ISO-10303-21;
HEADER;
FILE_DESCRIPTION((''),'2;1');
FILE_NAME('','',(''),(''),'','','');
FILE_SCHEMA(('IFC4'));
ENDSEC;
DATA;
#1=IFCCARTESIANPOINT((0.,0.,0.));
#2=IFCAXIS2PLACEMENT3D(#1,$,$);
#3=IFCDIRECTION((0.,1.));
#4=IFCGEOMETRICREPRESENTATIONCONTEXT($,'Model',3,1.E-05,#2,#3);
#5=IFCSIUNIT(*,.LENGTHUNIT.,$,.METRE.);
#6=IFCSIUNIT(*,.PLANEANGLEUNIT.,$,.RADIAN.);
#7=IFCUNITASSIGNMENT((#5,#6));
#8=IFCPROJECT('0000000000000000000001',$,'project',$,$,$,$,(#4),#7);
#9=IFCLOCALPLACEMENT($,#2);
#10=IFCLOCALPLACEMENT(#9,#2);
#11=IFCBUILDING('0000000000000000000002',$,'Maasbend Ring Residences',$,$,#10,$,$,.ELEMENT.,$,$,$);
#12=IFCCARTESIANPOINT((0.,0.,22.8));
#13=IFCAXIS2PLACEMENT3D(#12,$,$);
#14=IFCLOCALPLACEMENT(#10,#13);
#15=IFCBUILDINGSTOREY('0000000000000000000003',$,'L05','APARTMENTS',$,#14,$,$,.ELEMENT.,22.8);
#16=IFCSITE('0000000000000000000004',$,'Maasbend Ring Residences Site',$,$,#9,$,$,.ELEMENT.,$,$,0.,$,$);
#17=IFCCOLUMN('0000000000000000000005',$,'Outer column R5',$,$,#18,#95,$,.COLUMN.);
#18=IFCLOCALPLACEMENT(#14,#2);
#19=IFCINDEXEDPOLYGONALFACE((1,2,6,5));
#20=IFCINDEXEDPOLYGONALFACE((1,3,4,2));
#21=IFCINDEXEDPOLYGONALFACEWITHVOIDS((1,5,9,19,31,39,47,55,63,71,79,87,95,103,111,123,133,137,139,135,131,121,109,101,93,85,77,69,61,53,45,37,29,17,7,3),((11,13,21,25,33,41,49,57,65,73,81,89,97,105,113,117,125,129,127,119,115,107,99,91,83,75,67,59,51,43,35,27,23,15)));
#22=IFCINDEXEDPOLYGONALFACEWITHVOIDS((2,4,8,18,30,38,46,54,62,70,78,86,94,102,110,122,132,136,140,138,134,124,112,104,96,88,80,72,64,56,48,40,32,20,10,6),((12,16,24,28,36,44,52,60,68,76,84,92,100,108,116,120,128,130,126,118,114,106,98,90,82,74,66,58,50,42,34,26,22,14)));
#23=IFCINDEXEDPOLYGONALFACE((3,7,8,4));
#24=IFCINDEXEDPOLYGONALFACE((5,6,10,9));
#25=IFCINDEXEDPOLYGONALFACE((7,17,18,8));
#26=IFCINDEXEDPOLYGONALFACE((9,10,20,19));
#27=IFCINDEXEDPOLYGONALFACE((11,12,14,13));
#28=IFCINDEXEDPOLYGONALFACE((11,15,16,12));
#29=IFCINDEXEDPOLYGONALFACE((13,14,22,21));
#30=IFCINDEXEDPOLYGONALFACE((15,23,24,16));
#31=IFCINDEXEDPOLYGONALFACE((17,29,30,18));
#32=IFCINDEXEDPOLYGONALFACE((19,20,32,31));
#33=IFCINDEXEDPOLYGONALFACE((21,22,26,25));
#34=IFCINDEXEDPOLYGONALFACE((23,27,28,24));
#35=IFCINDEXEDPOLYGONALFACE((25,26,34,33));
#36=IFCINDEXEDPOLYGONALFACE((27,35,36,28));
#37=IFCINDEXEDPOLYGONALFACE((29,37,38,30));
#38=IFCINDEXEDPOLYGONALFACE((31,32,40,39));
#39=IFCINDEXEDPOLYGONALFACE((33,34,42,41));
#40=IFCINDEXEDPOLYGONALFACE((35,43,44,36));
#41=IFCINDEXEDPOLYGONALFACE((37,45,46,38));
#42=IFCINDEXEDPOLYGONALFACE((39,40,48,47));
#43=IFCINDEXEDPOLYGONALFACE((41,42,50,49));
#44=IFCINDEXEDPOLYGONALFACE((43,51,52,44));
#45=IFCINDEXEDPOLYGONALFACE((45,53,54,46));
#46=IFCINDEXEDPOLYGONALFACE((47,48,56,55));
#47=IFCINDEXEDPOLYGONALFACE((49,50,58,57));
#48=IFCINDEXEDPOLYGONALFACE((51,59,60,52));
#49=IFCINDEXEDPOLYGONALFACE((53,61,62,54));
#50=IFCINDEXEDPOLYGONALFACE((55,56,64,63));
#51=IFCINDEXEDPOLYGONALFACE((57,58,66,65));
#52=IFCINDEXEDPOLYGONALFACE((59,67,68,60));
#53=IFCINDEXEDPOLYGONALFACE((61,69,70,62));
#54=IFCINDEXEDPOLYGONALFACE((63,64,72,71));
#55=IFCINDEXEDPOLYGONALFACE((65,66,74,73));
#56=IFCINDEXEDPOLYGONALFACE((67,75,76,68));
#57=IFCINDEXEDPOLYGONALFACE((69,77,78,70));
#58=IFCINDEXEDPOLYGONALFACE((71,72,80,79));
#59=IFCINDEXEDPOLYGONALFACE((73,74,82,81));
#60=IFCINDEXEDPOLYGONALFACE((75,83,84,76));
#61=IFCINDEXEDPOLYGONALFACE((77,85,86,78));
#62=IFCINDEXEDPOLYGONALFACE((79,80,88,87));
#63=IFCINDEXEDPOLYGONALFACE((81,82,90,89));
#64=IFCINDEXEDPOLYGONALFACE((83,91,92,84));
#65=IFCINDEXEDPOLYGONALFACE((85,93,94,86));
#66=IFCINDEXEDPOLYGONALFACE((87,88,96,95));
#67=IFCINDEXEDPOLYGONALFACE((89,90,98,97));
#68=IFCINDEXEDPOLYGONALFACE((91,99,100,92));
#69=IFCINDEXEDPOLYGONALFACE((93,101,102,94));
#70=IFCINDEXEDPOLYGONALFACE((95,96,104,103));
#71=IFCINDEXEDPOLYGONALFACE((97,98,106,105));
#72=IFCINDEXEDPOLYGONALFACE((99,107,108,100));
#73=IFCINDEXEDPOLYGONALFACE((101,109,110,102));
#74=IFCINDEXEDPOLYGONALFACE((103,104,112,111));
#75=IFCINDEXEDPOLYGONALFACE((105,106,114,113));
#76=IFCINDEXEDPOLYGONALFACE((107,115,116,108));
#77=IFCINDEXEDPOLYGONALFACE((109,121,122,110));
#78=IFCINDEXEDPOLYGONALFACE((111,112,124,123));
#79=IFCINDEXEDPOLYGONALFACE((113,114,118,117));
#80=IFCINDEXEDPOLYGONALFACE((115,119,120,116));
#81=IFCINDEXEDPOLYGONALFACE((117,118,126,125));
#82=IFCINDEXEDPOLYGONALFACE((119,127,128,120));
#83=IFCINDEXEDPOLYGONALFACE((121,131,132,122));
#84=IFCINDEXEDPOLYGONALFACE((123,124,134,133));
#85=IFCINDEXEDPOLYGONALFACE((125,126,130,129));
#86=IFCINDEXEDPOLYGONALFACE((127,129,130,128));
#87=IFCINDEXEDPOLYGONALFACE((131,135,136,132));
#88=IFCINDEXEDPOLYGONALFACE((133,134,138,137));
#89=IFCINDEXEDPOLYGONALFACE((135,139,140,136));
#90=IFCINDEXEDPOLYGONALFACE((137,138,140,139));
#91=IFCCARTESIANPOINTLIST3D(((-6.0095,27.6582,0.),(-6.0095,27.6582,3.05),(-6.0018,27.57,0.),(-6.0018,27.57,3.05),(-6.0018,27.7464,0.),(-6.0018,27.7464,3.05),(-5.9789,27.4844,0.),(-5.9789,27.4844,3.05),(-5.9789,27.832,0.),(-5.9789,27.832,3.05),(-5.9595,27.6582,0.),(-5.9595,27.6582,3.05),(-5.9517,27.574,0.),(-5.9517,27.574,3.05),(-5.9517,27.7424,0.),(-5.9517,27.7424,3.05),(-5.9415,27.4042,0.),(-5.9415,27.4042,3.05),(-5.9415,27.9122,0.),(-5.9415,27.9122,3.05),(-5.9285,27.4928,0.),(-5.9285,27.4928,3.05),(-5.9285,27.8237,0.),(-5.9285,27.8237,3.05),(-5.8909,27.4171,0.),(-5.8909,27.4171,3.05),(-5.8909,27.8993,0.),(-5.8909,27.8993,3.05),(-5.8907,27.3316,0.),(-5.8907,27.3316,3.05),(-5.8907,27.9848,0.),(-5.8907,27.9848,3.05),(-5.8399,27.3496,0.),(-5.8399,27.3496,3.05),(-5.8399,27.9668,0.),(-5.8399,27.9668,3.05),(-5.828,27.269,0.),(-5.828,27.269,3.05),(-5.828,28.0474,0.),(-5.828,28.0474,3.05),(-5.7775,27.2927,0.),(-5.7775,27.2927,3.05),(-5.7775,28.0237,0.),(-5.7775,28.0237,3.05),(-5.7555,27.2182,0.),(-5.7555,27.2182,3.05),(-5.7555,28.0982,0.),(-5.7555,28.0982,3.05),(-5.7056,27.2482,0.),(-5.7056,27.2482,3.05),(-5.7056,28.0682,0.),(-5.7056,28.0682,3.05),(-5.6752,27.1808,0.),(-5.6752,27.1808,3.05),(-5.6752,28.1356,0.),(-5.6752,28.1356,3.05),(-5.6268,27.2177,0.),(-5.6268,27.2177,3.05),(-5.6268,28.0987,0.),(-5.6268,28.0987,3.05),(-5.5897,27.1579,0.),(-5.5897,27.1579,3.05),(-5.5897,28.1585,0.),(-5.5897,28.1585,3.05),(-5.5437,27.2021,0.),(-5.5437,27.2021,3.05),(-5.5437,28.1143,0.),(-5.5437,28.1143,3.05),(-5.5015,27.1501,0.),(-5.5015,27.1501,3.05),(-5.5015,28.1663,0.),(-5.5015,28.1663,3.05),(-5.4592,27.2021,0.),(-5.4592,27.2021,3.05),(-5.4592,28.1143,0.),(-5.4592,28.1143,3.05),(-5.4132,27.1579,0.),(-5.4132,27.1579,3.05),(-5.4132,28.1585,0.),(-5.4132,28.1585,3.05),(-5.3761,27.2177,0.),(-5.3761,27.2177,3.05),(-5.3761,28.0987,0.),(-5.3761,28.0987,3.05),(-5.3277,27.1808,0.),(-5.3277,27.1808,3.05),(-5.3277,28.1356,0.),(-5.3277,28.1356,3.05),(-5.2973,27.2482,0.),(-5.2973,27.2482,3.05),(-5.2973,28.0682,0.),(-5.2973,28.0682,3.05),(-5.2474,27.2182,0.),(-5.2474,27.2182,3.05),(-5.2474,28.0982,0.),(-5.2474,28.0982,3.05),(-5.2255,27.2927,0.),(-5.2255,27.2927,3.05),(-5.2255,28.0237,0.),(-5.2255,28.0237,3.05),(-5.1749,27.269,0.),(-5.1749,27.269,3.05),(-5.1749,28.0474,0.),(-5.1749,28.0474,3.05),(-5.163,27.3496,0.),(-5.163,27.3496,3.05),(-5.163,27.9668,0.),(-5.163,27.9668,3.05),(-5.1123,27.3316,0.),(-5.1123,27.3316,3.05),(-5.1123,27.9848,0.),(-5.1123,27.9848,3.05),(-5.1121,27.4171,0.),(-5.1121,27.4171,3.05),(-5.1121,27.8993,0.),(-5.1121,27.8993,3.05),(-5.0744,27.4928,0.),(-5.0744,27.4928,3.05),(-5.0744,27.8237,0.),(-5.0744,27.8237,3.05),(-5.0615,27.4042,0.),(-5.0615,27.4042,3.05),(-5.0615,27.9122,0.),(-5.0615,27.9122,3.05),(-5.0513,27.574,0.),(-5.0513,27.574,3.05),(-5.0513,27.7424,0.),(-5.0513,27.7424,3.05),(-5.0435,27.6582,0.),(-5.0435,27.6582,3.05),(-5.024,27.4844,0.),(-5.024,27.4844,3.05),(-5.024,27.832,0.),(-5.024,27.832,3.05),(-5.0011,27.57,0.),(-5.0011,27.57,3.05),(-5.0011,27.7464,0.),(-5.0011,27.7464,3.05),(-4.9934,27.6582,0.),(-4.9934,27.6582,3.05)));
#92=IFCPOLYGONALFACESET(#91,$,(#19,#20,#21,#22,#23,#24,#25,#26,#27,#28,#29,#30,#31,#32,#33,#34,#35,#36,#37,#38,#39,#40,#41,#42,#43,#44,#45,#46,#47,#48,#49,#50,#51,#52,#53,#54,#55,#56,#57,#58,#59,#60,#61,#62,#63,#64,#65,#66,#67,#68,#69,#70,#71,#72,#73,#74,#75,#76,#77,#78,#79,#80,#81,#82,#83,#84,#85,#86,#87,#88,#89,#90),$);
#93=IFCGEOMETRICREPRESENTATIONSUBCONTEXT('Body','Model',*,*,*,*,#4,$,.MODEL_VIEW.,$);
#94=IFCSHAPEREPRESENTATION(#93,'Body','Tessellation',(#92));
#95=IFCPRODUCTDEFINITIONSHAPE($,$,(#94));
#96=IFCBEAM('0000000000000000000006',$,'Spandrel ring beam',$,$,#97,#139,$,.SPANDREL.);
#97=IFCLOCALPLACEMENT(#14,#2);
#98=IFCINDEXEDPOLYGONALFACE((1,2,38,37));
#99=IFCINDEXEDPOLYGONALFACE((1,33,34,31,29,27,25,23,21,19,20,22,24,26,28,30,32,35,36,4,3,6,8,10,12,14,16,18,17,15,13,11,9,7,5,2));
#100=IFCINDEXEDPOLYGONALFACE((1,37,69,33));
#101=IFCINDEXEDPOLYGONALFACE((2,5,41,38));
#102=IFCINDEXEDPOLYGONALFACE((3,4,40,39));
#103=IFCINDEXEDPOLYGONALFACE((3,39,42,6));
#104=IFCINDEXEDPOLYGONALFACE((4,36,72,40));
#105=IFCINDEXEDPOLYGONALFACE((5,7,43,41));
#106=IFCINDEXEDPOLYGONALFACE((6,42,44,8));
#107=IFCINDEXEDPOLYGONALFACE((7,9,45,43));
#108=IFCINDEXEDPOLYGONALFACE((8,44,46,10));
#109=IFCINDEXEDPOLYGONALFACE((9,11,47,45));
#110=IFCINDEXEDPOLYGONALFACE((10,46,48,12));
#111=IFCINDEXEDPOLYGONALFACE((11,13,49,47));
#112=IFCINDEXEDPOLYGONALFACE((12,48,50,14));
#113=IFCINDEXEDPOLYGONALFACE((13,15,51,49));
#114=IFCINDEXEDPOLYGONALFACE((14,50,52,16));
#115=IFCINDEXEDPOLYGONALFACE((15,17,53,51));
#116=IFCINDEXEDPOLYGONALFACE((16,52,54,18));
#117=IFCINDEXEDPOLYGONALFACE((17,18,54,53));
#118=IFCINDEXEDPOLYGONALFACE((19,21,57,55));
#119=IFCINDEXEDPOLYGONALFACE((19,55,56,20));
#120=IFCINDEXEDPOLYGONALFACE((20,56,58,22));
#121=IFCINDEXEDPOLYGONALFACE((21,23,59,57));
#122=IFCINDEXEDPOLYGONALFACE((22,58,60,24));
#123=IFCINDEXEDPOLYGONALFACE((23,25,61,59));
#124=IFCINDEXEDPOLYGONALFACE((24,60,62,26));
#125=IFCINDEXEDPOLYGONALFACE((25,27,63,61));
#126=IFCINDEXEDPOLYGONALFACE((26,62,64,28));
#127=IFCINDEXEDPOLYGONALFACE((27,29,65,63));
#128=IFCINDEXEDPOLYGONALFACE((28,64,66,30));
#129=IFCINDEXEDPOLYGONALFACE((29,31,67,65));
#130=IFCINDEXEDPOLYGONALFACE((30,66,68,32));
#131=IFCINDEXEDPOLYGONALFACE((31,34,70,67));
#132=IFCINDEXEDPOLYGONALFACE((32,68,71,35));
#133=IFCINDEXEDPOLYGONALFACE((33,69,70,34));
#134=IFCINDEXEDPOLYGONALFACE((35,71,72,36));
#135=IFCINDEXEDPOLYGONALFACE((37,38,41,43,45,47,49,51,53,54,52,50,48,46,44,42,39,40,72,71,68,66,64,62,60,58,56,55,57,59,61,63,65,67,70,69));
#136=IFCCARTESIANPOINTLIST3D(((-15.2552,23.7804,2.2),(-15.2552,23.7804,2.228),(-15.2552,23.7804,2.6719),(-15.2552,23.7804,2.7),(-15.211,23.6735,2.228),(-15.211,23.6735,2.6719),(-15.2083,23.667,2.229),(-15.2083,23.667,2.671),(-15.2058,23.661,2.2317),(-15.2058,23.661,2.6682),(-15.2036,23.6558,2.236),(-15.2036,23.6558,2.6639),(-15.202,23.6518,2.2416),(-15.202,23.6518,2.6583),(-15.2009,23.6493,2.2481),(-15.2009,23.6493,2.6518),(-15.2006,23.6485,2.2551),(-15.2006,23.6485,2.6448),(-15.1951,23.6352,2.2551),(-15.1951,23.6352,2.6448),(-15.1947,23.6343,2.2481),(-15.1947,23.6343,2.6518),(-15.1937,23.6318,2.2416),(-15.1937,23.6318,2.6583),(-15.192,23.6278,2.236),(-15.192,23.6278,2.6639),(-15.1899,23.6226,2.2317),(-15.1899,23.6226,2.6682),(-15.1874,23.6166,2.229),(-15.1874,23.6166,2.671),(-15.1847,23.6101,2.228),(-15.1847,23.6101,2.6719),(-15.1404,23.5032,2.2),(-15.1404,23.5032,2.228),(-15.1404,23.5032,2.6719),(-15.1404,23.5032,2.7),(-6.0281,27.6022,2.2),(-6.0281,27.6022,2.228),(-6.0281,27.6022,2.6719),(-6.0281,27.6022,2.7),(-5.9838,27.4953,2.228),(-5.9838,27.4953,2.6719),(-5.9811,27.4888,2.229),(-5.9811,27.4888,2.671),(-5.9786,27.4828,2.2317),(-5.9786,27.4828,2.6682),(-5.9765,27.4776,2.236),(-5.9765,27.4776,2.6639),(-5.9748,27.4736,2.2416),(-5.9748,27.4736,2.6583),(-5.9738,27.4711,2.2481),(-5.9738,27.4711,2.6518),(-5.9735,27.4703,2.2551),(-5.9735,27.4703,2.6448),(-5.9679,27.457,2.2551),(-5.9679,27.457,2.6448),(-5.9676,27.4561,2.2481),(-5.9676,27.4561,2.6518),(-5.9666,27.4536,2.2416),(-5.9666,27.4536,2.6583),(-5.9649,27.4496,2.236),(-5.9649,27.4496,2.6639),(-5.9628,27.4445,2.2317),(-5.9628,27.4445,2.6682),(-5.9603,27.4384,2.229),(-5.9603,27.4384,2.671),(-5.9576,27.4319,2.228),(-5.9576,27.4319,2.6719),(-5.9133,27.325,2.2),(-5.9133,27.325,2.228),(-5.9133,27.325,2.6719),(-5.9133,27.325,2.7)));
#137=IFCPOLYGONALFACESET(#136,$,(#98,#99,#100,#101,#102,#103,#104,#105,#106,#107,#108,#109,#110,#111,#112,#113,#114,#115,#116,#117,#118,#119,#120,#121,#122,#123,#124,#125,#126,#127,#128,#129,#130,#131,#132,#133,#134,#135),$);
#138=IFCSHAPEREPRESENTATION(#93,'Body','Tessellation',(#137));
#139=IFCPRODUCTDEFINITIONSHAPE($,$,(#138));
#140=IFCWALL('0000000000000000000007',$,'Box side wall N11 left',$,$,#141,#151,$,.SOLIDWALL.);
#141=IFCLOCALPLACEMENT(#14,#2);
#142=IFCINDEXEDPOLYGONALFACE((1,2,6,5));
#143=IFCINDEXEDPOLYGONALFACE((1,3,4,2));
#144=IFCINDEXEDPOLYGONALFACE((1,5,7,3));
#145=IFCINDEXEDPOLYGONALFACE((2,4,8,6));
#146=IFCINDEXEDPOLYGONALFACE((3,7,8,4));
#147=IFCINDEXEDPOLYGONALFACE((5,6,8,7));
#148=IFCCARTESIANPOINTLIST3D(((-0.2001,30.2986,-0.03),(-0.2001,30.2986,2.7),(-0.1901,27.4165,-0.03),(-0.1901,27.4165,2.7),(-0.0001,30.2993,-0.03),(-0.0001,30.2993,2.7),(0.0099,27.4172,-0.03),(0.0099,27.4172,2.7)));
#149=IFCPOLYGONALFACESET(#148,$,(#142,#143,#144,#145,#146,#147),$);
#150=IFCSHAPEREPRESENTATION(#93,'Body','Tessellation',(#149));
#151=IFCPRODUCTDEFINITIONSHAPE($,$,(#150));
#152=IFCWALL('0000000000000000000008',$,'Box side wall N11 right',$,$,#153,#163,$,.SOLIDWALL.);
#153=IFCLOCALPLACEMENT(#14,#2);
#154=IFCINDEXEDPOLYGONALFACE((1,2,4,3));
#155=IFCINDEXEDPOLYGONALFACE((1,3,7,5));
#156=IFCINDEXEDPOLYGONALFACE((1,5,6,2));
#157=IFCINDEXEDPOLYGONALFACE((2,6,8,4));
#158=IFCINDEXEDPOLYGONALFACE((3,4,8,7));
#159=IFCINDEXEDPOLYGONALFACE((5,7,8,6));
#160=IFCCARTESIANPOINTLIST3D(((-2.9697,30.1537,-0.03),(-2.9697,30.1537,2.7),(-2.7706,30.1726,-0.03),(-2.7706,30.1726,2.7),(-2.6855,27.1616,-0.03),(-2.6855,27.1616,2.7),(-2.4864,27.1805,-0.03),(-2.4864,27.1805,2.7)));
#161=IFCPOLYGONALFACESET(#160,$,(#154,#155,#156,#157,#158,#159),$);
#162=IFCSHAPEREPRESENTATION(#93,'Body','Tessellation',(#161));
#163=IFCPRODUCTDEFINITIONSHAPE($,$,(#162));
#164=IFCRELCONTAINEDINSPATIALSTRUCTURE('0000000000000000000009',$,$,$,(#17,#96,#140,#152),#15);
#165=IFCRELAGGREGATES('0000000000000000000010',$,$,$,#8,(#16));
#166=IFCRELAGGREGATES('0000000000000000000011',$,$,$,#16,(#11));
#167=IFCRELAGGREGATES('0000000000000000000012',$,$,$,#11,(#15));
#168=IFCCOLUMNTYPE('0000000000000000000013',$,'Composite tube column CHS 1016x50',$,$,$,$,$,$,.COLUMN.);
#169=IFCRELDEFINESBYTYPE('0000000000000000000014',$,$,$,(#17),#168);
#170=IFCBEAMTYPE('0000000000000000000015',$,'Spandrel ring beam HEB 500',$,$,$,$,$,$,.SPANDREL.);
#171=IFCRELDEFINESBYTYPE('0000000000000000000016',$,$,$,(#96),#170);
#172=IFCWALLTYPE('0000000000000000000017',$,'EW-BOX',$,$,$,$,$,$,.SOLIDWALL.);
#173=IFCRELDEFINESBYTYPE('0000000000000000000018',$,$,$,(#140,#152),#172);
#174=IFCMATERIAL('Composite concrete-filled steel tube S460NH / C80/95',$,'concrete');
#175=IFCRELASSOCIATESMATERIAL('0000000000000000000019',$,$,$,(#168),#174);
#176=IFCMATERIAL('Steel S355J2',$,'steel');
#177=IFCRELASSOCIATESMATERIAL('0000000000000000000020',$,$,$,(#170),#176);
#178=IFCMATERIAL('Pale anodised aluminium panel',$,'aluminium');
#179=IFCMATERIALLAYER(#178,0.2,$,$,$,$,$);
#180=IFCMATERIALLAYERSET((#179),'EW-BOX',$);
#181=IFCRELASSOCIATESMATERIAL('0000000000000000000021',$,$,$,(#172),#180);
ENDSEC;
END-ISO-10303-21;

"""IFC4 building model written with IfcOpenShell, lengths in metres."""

from ifc_helpers import new_model, si_unit, direction, frame, frame_2d, origin, origin_2d, place, context, subcontext, project, spatial, rectangle, hollow_circle, i_section, extrude, material, layer, layer_set, material_profile, profile_set, type_object, element, save


model = new_model("IFC4")

# Units and contexts
model_context = context("Model", 3, precision=1e-05, world=origin(), true_north=direction((0.0, 1.0)))
body_context = subcontext(model_context, "Body", "Model", "MODEL_VIEW")
ifc_project = project(units=[si_unit("LENGTHUNIT", "METRE"), si_unit("PLANEANGLEUNIT", "RADIAN")], contexts=[model_context])

# Site, building, storey
site_placement = place(None, origin())
site = spatial("IfcSite", under=ifc_project, at=site_placement, Name="Maasbend Ring Residences Site", CompositionType="ELEMENT", RefElevation=0.0)
building_placement = place(site_placement, origin())
building = spatial("IfcBuilding", under=site, at=building_placement, Name="Maasbend Ring Residences", CompositionType="ELEMENT")
storey_placement = place(building_placement, frame((0.0, 0.0, 22.8)))
storey = spatial("IfcBuildingStorey", under=building, at=storey_placement, Name="L05", Description="APARTMENTS", CompositionType="ELEMENT", Elevation=22.8)

# Column
ifc_material_1 = material(Name="Composite concrete-filled steel tube S460NH / C80/95", Category="concrete")
ifc_material_profile_1 = material_profile(ifc_material_1, hollow_circle(Radius=0.5081, WallThickness=0.05, at=origin_2d()), Name="Composite tube column CHS 1016x50")
ifc_profile_set_1 = profile_set([ifc_material_profile_1], Name="Composite concrete-filled steel tube S460NH / C80/95")
column_type = type_object("IfcColumnType", Name="Composite tube column CHS 1016x50", PredefinedType="COLUMN", material=ifc_profile_set_1)
column_placement = place(storey_placement, frame((-5.5015, 27.6582, 0.0), z_axis=(0.0, 0.0, 1.0), x_axis=(1.0, 0.0, 0.0)))
element("IfcColumn", 1, at=column_placement, inside=storey, type_object=column_type, Name="Outer column R5", PredefinedType="COLUMN", context=body_context, shape_type="SweptSolid", body=[
    extrude(hollow_circle(Radius=0.5081, WallThickness=0.05, at=origin_2d()), origin(), (0.0, 0.0, 1.0), 3.05),
])

# Beam
ifc_material_2 = material(Name="Steel S355J2", Category="steel")
ifc_material_profile_2 = material_profile(ifc_material_2, i_section(OverallWidth=0.3, OverallDepth=0.5, WebThickness=0.0144, FlangeThickness=0.0281, FilletRadius=0.0271, at=origin_2d()), Name="HEB 500")
ifc_profile_set_2 = profile_set([ifc_material_profile_2], Name="Steel S355J2")
beam_type = type_object("IfcBeamType", Name="Spandrel ring beam HEB 500", PredefinedType="SPANDREL", material=ifc_profile_set_2)
beam_placement = place(storey_placement, frame((-5.9707, 27.4636, 2.45), z_axis=(-0.923886, -0.382667, 0.0), x_axis=(0.382667, -0.923886, 0.0)))
element("IfcBeam", 2, at=beam_placement, inside=storey, type_object=beam_type, Name="Spandrel ring beam", PredefinedType="SPANDREL", context=body_context, shape_type="SweptSolid", body=[
    extrude(i_section(OverallWidth=0.3, OverallDepth=0.5, WebThickness=0.0144, FlangeThickness=0.0281, FilletRadius=0.0271, at=origin_2d()), origin(), (0.0, 0.0, 1.0), 9.9873),
])

# Walls
ifc_material_3 = material(Name="Pale anodised aluminium panel", Category="aluminium")
ifc_layer_1 = layer(ifc_material_3, 0.2)
ifc_layer_set_1 = layer_set([ifc_layer_1], Name="EW-BOX")
wall_type_1 = type_object("IfcWallType", Name="EW-BOX", PredefinedType="SOLIDWALL", material=ifc_layer_set_1)
wall_1_placement = place(storey_placement, frame((-0.0901, 27.417, -0.03), z_axis=(0.0, 0.0, 1.0), x_axis=(-0.003473, 0.999994, 0.0)))
element("IfcWall", 3, at=wall_1_placement, inside=storey, type_object=wall_type_1, Name="Box side wall N11 left", PredefinedType="SOLIDWALL", context=body_context, shape_type="SweptSolid", body=[
    extrude(rectangle(XDim=2.8821, YDim=0.2, at=frame_2d((1.4409, 0.0))), origin(), (0.0, 0.0, 1.0), 2.73),
])
wall_2_placement = place(storey_placement, frame((-2.5859, 27.1709, -0.03), z_axis=(0.0, 0.0, 1.0), x_axis=(-0.094548, 0.99552, 0.0)))
element("IfcWall", 4, at=wall_2_placement, inside=storey, type_object=wall_type_1, Name="Box side wall N11 right", PredefinedType="SOLIDWALL", context=body_context, shape_type="SweptSolid", body=[
    extrude(rectangle(XDim=3.0056, YDim=0.2, at=frame_2d((1.5029, 0.0))), origin(), (0.0, 0.0, 1.0), 2.73),
])

save(model, "model.ifc")
